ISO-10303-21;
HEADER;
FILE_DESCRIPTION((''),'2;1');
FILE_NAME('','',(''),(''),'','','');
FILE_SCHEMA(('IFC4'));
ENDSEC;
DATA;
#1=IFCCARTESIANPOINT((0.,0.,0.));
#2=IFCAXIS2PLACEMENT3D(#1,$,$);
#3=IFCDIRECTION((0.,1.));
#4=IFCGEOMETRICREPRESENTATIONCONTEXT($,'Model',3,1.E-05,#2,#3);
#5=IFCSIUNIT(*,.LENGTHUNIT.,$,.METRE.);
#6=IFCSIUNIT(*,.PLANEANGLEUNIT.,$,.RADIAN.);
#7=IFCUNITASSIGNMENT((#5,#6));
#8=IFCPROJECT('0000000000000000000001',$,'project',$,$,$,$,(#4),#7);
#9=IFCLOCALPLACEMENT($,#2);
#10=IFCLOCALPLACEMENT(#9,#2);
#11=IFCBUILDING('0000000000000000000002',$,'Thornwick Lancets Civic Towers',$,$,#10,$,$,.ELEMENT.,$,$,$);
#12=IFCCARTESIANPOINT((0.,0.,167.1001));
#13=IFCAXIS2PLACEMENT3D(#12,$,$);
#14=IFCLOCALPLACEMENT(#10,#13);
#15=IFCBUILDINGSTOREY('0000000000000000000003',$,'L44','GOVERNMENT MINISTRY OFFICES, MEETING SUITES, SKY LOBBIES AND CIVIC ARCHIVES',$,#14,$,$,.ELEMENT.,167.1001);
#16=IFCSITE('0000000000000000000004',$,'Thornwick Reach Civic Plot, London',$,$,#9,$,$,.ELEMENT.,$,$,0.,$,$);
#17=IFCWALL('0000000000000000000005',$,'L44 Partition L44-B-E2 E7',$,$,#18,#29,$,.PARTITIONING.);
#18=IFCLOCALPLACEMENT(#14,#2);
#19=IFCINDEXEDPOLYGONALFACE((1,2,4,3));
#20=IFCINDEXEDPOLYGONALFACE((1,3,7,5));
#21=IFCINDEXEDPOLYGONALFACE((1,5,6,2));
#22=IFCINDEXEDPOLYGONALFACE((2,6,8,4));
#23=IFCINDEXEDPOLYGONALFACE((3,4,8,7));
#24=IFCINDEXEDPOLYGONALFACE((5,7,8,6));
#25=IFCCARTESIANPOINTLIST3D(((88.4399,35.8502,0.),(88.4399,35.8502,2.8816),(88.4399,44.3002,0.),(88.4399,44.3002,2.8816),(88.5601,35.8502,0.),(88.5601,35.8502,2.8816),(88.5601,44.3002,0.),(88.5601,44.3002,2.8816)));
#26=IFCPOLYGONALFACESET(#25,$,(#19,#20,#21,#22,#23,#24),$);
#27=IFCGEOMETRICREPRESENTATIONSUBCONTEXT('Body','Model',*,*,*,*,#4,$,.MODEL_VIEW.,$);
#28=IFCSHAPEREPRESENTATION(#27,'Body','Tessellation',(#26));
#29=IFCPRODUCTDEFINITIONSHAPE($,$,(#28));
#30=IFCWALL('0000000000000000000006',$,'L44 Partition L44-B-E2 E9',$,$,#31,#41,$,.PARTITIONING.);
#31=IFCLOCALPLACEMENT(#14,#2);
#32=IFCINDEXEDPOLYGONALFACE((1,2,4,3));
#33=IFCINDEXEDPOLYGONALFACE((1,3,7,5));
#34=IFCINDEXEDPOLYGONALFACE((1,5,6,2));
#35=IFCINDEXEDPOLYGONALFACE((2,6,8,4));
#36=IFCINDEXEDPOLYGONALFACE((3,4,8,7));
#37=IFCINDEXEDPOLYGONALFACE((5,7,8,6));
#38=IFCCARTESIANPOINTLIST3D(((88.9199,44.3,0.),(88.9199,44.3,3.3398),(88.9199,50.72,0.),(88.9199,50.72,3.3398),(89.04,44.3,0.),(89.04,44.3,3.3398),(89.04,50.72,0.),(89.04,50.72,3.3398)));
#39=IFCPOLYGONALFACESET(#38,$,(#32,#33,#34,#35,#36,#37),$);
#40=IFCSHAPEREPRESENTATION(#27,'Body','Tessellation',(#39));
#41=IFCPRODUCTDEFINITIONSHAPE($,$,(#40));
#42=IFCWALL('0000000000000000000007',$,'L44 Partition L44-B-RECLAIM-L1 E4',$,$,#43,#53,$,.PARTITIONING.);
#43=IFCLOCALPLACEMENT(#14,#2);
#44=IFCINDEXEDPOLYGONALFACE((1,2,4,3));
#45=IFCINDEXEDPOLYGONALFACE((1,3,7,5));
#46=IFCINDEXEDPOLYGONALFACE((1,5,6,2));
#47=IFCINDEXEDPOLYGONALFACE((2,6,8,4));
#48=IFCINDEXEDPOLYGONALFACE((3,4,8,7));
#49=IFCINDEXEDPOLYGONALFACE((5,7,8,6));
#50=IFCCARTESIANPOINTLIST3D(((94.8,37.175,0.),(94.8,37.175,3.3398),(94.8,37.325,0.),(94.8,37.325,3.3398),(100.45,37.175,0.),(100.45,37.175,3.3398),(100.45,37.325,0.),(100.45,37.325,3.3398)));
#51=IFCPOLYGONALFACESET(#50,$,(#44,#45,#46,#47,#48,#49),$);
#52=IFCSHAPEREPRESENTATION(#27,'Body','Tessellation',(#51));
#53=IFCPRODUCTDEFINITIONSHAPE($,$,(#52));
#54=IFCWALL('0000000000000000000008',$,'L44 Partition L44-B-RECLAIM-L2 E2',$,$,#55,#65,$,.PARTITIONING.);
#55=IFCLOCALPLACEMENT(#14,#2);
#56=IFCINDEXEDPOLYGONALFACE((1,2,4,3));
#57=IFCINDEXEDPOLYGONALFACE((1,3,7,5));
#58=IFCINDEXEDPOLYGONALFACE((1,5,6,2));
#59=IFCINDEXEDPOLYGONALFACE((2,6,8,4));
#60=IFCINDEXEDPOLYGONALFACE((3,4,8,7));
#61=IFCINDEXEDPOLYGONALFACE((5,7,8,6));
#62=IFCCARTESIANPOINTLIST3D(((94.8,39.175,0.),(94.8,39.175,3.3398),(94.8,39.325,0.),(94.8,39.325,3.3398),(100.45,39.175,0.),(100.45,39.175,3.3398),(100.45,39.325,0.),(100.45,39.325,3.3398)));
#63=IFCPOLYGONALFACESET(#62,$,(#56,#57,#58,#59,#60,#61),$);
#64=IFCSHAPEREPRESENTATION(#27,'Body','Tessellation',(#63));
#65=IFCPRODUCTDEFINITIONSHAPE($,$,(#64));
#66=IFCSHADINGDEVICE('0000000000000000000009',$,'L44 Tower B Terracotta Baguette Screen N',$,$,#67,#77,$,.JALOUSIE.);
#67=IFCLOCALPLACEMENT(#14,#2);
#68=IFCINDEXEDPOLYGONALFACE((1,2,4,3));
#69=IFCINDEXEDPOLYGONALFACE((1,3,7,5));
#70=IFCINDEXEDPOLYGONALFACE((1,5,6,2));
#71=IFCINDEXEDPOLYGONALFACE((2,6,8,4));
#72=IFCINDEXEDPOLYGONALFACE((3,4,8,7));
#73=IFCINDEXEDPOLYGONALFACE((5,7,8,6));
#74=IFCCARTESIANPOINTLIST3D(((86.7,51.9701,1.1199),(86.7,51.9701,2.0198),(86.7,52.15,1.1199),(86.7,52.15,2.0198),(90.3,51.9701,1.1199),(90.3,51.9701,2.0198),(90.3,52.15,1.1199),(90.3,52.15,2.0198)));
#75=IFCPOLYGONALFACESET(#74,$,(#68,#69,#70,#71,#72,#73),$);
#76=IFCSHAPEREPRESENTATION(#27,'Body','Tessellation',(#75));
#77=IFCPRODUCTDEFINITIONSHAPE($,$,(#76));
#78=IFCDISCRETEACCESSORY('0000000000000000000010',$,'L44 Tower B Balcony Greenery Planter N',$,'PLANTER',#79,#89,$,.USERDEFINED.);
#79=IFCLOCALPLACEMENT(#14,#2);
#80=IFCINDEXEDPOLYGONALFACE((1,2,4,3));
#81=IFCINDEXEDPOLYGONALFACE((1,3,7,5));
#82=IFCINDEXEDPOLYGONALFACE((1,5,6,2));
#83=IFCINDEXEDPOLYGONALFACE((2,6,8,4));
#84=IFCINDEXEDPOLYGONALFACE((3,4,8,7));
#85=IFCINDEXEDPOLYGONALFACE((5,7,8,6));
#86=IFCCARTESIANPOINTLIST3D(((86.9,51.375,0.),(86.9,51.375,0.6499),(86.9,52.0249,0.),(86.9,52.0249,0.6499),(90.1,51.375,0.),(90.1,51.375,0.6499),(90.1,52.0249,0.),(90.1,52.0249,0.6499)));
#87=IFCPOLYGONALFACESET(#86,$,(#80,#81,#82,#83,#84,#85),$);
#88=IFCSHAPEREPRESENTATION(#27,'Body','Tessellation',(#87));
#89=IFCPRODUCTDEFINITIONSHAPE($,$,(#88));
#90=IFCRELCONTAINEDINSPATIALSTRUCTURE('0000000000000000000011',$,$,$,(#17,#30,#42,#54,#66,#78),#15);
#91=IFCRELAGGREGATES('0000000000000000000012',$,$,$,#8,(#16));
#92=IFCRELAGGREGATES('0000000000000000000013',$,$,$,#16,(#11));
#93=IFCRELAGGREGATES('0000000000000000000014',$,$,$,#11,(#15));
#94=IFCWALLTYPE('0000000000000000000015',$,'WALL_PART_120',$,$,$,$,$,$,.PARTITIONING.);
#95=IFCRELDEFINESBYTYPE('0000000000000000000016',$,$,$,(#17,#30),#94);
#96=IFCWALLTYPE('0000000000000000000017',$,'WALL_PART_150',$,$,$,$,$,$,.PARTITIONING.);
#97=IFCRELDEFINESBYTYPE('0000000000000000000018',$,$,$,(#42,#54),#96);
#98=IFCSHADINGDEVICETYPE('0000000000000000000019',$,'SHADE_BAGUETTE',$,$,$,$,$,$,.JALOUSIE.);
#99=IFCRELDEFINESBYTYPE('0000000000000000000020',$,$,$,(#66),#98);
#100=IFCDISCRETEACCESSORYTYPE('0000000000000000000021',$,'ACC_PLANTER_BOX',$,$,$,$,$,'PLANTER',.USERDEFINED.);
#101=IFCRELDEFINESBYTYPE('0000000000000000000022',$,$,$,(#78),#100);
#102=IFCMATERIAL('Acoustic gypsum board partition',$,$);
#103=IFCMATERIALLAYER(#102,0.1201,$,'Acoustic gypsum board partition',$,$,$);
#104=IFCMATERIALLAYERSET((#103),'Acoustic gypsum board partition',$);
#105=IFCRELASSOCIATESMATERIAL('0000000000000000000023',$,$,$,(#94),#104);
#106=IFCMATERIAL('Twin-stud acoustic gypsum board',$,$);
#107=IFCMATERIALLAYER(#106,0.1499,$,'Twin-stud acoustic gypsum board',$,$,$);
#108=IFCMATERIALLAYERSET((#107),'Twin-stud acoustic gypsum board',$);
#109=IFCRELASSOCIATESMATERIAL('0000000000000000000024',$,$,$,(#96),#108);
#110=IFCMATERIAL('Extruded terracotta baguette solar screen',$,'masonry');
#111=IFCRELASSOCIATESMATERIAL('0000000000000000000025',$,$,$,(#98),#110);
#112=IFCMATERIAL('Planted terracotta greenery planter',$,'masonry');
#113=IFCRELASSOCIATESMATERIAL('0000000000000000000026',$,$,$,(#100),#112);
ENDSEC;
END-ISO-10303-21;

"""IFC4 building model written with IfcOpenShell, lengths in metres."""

from ifc_helpers import new_model, si_unit, direction, frame, frame_2d, origin, origin_2d, place, context, subcontext, project, spatial, rectangle, extrude, material, layer, layer_set, type_object, element, save


model = new_model("IFC4")

# Units and contexts
model_context = context("Model", 3, precision=1e-05, world=origin(), true_north=direction((0.0, 1.0)))
body_context = subcontext(model_context, "Body", "Model", "MODEL_VIEW")
ifc_project = project(units=[si_unit("LENGTHUNIT", "METRE"), si_unit("PLANEANGLEUNIT", "RADIAN")], contexts=[model_context])

# Site, building, storey
site_placement = place(None, origin())
site = spatial("IfcSite", under=ifc_project, at=site_placement, Name="Thornwick Reach Civic Plot, London", CompositionType="ELEMENT", RefElevation=0.0)
building_placement = place(site_placement, origin())
building = spatial("IfcBuilding", under=site, at=building_placement, Name="Thornwick Lancets Civic Towers", CompositionType="ELEMENT")
storey_placement = place(building_placement, frame((0.0, 0.0, 167.1001)))
storey = spatial("IfcBuildingStorey", under=building, at=storey_placement, Name="L44", Description="GOVERNMENT MINISTRY OFFICES, MEETING SUITES, SKY LOBBIES AND CIVIC ARCHIVES", CompositionType="ELEMENT", Elevation=167.1001)

# Shared definitions
ifc_material_1 = material(Name="Acoustic gypsum board partition")
ifc_layer_1 = layer(ifc_material_1, 0.1201, Name="Acoustic gypsum board partition")
ifc_layer_set_1 = layer_set([ifc_layer_1], Name="Acoustic gypsum board partition")
wall_type_1 = type_object("IfcWallType", Name="WALL_PART_120", PredefinedType="PARTITIONING", material=ifc_layer_set_1)

# Walls
wall_1_placement = place(storey_placement, frame((88.5, 35.8501, 0.0), z_axis=(0.0, 0.0, 1.0), x_axis=(0.0, 1.0, 0.0)))
element("IfcWall", 1, at=wall_1_placement, inside=storey, type_object=wall_type_1, Name="L44 Partition L44-B-E2 E7", PredefinedType="PARTITIONING", context=body_context, shape_type="SweptSolid", body=[
    extrude(rectangle(XDim=8.45, YDim=0.1201, at=frame_2d((4.2251, 0.0))), origin(), (0.0, 0.0, 1.0), 2.8816),
])
wall_2_placement = place(storey_placement, frame((88.98, 44.3, 0.0), z_axis=(0.0, 0.0, 1.0), x_axis=(0.0, 1.0, 0.0)))
element("IfcWall", 2, at=wall_2_placement, inside=storey, type_object=wall_type_1, Name="L44 Partition L44-B-E2 E9", PredefinedType="PARTITIONING", context=body_context, shape_type="SweptSolid", body=[
    extrude(rectangle(XDim=6.4199, YDim=0.1201, at=frame_2d((3.21, 0.0))), origin(), (0.0, 0.0, 1.0), 3.3398),
])
ifc_material_2 = material(Name="Twin-stud acoustic gypsum board")
ifc_layer_2 = layer(ifc_material_2, 0.1499, Name="Twin-stud acoustic gypsum board")
ifc_layer_set_2 = layer_set([ifc_layer_2], Name="Twin-stud acoustic gypsum board")
wall_type_2 = type_object("IfcWallType", Name="WALL_PART_150", PredefinedType="PARTITIONING", material=ifc_layer_set_2)
wall_3_placement = place(storey_placement, frame((94.8, 37.25, 0.0), z_axis=(0.0, 0.0, 1.0), x_axis=(1.0, 0.0, 0.0)))
element("IfcWall", 3, at=wall_3_placement, inside=storey, type_object=wall_type_2, Name="L44 Partition L44-B-RECLAIM-L1 E4", PredefinedType="PARTITIONING", context=body_context, shape_type="SweptSolid", body=[
    extrude(rectangle(XDim=5.6499, YDim=0.1499, at=frame_2d((2.825, 0.0))), origin(), (0.0, 0.0, 1.0), 3.3398),
])

# Wall
wall_4_placement = place(storey_placement, frame((94.8, 39.25, 0.0), z_axis=(0.0, 0.0, 1.0), x_axis=(1.0, 0.0, 0.0)))
element("IfcWall", 4, at=wall_4_placement, inside=storey, type_object=wall_type_2, Name="L44 Partition L44-B-RECLAIM-L2 E2", PredefinedType="PARTITIONING", context=body_context, shape_type="SweptSolid", body=[
    extrude(rectangle(XDim=5.6499, YDim=0.1499, at=frame_2d((2.825, 0.0))), origin(), (0.0, 0.0, 1.0), 3.3398),
])

# Shading device
ifc_material_3 = material(Name="Extruded terracotta baguette solar screen", Category="masonry")
shading_device_type = type_object("IfcShadingDeviceType", Name="SHADE_BAGUETTE", PredefinedType="JALOUSIE", material=ifc_material_3)
shading_device_placement = place(storey_placement, frame((88.5, 52.0601, 1.1199), z_axis=(0.0, 0.0, 1.0), x_axis=(1.0, 0.0, 0.0)))
element("IfcShadingDevice", 5, at=shading_device_placement, inside=storey, type_object=shading_device_type, Name="L44 Tower B Terracotta Baguette Screen N", PredefinedType="JALOUSIE", context=body_context, shape_type="SweptSolid", body=[
    extrude(rectangle(XDim=3.6001, YDim=0.1799, at=origin_2d()), origin(), (0.0, 0.0, 1.0), 0.8999),
])

# Discrete accessory
ifc_material_4 = material(Name="Planted terracotta greenery planter", Category="masonry")
discrete_accessory_type = type_object("IfcDiscreteAccessoryType", Name="ACC_PLANTER_BOX", ElementType="PLANTER", PredefinedType="USERDEFINED", material=ifc_material_4)
discrete_accessory_placement = place(storey_placement, frame((88.5, 51.7, 0.0), z_axis=(0.0, 0.0, 1.0), x_axis=(1.0, 0.0, 0.0)))
element("IfcDiscreteAccessory", 6, at=discrete_accessory_placement, inside=storey, type_object=discrete_accessory_type, Name="L44 Tower B Balcony Greenery Planter N", ObjectType="PLANTER", PredefinedType="USERDEFINED", context=body_context, shape_type="SweptSolid", body=[
    extrude(rectangle(XDim=3.2, YDim=0.6499, at=origin_2d()), origin(), (0.0, 0.0, 1.0), 0.6499),
])

save(model, "model.ifc")
